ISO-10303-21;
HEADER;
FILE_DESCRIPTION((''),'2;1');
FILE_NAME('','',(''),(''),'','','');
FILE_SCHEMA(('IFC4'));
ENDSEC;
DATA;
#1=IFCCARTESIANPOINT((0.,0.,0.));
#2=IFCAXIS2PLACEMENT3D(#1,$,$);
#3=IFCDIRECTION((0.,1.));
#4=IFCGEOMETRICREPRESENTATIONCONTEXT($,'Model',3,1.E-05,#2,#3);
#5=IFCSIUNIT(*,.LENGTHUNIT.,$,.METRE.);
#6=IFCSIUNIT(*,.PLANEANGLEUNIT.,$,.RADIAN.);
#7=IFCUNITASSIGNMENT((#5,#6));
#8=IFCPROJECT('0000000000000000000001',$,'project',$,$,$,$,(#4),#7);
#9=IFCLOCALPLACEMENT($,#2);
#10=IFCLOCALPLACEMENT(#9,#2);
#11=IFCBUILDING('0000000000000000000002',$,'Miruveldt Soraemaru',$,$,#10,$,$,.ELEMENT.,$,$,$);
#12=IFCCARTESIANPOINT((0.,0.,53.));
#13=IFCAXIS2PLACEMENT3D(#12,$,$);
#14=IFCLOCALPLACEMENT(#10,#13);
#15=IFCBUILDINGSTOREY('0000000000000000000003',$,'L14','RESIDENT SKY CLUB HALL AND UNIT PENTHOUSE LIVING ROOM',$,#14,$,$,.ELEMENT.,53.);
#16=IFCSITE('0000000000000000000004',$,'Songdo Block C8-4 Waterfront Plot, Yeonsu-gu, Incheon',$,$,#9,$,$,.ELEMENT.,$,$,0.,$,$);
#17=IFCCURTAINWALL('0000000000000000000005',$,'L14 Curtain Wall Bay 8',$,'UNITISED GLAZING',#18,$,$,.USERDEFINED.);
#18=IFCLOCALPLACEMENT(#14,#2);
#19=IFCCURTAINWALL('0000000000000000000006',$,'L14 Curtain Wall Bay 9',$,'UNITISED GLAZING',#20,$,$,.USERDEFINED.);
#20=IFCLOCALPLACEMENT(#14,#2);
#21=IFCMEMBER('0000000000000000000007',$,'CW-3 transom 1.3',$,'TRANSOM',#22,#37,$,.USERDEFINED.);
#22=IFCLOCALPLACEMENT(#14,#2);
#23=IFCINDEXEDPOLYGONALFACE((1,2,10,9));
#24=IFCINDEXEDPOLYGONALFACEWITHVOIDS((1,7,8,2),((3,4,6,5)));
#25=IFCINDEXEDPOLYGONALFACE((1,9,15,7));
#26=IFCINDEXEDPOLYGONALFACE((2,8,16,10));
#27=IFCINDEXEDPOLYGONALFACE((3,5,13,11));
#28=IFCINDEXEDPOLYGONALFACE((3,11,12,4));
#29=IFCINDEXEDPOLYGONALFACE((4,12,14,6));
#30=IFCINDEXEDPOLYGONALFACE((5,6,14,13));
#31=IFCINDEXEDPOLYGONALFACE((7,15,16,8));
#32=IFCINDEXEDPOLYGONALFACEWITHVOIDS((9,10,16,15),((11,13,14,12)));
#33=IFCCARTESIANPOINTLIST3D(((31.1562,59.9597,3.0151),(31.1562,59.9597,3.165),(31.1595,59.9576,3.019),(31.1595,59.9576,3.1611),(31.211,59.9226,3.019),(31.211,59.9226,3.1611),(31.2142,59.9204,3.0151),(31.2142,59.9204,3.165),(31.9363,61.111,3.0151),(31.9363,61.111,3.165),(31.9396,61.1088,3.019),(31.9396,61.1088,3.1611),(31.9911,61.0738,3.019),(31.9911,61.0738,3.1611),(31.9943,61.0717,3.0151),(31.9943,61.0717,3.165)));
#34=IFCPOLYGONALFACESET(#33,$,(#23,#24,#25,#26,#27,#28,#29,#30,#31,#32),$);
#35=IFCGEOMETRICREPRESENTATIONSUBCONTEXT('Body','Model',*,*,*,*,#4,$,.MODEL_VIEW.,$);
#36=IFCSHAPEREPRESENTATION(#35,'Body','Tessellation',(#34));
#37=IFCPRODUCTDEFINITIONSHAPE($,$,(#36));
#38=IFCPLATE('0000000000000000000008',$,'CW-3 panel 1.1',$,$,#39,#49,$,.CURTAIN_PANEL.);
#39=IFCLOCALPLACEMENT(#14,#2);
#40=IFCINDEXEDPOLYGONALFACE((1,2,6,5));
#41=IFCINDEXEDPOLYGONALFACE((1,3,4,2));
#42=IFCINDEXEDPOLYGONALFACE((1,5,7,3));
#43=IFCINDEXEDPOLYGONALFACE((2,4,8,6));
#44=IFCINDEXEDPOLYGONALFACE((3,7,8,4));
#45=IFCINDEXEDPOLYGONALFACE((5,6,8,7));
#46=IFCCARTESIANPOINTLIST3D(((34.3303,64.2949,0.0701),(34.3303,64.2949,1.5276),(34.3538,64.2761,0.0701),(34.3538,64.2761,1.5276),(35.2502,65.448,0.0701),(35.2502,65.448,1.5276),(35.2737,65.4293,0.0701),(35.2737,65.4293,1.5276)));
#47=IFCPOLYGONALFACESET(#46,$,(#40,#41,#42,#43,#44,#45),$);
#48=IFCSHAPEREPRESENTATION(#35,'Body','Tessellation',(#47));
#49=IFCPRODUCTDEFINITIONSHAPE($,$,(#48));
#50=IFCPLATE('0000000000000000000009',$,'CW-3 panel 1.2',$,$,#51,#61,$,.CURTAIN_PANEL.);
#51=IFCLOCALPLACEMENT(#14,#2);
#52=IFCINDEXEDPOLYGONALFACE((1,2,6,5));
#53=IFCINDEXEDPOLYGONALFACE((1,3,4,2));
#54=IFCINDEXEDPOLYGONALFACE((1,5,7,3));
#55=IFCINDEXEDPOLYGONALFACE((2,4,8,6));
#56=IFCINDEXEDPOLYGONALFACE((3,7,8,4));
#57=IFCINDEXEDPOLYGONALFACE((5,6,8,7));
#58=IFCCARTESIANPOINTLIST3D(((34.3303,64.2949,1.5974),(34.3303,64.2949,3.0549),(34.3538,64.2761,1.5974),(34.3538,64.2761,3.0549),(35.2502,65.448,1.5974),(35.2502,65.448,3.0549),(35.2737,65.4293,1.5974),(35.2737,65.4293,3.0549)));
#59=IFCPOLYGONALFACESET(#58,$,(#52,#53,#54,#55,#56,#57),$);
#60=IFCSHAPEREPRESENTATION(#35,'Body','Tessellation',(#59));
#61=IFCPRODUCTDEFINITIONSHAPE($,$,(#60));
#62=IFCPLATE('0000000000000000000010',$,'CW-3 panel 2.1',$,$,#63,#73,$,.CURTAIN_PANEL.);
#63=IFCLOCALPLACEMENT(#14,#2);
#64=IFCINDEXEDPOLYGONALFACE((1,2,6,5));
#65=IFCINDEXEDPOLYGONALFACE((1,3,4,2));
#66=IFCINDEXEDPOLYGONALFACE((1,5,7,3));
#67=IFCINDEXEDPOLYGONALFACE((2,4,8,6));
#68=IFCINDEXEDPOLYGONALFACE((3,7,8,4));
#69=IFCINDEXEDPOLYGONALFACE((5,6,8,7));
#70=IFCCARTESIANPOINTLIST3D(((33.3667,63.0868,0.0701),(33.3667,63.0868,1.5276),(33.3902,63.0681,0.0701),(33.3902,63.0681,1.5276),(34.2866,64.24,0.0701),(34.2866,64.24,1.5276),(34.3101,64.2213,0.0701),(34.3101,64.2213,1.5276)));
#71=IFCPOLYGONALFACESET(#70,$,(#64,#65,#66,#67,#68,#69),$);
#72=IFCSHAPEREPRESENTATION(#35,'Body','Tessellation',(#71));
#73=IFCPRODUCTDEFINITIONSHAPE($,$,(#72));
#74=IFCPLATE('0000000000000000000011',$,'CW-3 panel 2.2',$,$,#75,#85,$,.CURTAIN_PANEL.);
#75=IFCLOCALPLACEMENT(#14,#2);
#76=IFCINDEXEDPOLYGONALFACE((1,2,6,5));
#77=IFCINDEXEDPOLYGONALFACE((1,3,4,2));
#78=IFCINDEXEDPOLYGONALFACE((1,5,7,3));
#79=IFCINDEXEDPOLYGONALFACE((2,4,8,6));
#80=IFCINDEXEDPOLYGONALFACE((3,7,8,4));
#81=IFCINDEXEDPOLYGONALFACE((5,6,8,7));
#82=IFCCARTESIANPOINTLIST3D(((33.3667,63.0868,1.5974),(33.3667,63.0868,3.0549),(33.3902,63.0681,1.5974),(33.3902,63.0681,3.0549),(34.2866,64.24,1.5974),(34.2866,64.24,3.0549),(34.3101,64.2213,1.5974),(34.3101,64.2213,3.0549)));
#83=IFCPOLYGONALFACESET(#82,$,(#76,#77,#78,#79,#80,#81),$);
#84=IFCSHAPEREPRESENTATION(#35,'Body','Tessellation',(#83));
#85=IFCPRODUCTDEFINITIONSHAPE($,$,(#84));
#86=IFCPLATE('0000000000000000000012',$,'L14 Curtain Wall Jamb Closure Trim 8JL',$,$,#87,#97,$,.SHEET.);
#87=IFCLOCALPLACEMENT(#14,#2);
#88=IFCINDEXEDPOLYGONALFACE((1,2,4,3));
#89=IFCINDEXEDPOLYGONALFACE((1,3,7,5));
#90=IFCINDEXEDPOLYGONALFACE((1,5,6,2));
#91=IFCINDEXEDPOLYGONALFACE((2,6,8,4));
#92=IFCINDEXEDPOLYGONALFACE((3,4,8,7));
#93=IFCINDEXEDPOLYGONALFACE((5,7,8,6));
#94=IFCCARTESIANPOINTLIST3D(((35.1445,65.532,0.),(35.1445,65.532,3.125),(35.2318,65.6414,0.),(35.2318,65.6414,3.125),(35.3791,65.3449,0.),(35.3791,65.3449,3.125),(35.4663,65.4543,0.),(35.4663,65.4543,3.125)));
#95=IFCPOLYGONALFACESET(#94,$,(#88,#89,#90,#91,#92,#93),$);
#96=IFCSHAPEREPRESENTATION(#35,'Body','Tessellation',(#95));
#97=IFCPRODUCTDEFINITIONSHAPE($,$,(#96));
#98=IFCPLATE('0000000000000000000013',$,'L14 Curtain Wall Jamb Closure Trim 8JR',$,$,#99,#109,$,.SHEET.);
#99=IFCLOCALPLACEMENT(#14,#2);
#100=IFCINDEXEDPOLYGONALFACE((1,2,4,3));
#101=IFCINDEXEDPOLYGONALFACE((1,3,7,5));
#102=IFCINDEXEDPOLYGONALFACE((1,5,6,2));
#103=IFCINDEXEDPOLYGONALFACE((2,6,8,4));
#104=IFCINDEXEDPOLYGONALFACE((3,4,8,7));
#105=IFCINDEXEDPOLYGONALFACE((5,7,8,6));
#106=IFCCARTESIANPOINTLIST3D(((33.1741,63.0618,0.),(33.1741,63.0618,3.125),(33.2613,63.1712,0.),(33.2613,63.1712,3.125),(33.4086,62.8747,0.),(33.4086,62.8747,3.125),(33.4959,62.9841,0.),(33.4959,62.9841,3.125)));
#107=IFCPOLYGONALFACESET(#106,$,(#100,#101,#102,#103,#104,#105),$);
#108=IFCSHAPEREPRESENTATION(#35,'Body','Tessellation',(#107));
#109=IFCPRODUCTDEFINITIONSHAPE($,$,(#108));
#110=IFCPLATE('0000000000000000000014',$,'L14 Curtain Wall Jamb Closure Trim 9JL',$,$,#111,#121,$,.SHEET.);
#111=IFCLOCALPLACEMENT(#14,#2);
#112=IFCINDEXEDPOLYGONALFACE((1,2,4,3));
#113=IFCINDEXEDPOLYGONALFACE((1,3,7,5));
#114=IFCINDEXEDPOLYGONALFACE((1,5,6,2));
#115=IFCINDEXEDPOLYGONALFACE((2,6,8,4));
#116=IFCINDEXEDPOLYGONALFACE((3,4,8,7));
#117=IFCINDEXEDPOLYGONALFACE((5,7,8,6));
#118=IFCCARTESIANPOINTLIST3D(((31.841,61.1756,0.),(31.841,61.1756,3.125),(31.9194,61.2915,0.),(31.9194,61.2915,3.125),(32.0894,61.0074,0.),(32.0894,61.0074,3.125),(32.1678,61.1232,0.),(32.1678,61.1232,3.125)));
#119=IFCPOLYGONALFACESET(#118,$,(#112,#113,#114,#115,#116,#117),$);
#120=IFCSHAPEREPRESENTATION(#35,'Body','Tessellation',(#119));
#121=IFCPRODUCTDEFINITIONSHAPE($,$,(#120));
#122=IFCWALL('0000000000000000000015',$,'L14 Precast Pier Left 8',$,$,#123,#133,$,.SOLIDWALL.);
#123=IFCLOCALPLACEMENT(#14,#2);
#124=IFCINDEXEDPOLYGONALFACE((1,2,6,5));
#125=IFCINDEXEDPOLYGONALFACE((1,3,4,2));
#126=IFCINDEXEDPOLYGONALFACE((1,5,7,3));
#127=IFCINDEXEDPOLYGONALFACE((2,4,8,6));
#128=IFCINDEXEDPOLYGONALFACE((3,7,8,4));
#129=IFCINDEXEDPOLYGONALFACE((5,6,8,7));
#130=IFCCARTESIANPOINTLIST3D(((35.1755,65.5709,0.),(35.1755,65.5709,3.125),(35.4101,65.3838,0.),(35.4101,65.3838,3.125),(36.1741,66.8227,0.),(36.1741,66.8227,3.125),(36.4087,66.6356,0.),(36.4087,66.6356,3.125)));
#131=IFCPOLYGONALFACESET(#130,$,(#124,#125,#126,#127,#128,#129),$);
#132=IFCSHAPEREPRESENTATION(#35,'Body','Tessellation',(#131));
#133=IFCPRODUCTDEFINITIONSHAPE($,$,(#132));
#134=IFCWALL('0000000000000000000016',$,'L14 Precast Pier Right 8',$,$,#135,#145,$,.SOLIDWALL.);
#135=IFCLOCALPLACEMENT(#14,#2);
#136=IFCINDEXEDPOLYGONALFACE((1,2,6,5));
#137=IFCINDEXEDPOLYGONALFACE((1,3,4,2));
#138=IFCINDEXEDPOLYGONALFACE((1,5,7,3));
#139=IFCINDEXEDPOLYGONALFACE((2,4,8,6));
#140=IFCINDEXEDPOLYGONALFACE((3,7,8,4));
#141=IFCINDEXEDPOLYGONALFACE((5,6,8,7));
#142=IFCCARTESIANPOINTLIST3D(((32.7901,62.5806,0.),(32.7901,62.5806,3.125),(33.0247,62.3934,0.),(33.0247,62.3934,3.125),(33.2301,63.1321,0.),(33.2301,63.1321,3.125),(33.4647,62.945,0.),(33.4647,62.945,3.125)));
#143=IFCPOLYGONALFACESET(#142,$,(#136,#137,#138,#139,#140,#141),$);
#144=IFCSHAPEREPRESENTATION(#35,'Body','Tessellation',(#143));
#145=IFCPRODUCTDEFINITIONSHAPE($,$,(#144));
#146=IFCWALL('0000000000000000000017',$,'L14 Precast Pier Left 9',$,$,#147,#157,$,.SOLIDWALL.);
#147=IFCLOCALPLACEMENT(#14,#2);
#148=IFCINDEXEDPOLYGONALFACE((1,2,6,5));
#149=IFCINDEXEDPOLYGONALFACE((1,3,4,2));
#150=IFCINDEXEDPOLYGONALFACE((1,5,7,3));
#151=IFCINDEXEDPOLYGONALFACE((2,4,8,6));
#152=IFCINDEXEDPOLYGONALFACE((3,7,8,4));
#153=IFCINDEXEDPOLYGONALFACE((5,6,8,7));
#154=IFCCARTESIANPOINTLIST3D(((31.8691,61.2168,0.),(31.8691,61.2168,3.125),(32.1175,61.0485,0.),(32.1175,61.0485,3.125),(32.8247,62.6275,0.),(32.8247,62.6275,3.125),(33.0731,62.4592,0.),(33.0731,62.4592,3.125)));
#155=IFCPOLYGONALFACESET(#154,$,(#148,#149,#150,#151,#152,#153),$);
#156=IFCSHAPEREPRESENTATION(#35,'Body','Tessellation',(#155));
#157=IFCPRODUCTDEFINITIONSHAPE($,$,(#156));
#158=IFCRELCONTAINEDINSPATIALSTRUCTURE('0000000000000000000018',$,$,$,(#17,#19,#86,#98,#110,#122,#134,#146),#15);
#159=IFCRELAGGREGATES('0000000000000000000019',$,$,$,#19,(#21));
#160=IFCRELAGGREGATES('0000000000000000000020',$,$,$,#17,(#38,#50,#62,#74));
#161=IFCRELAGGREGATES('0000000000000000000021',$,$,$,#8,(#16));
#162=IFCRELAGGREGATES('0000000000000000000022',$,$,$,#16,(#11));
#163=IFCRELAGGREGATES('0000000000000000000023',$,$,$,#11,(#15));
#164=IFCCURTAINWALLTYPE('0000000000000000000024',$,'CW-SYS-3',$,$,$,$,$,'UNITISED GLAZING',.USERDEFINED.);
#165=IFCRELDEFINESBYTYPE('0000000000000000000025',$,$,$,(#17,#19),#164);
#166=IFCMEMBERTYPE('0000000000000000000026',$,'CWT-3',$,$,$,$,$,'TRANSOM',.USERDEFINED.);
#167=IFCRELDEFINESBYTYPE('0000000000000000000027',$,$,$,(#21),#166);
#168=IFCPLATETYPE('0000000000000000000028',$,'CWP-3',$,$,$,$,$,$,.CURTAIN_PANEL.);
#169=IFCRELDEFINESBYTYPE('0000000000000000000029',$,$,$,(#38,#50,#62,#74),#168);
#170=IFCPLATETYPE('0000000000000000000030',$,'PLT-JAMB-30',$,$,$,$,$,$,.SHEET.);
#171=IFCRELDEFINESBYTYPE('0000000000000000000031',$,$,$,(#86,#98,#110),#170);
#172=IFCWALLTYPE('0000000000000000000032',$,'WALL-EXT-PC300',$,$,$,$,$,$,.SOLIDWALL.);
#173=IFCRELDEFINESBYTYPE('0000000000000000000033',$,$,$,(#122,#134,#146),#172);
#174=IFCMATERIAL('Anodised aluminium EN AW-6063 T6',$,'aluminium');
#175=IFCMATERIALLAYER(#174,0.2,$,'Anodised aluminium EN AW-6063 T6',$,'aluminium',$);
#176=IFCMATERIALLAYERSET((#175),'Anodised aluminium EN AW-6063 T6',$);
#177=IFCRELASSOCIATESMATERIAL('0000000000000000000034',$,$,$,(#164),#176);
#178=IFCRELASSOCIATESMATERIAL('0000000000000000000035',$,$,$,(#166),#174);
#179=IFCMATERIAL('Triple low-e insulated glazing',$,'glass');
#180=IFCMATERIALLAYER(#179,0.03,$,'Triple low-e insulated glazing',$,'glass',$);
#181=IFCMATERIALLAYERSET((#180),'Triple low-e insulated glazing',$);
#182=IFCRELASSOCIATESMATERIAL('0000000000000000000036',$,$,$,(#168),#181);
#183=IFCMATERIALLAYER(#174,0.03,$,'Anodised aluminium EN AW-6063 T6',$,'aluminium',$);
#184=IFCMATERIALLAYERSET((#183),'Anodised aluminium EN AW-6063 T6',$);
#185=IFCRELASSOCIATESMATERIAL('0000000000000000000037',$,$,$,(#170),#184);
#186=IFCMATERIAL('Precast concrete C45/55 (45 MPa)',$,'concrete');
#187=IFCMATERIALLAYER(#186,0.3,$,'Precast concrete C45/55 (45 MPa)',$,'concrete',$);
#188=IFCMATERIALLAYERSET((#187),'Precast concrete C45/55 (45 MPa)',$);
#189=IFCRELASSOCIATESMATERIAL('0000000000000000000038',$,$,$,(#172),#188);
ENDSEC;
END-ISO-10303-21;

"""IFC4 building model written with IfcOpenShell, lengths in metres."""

from ifc_helpers import new_model, si_unit, direction, frame, frame_2d, origin, origin_2d, place, context, subcontext, project, spatial, rectangle, hollow_rectangle, extrude, material, layer, layer_set, material_profile, profile_set, type_object, element, aggregate, save


model = new_model("IFC4")

# Units and contexts
model_context = context("Model", 3, precision=1e-05, world=origin(), true_north=direction((0.0, 1.0)))
body_context = subcontext(model_context, "Body", "Model", "MODEL_VIEW")
ifc_project = project(units=[si_unit("LENGTHUNIT", "METRE"), si_unit("PLANEANGLEUNIT", "RADIAN")], contexts=[model_context])

# Site, building, storey
site_placement = place(None, origin())
site = spatial("IfcSite", under=ifc_project, at=site_placement, Name="Songdo Block C8-4 Waterfront Plot, Yeonsu-gu, Incheon", CompositionType="ELEMENT", RefElevation=0.0)
building_placement = place(site_placement, origin())
building = spatial("IfcBuilding", under=site, at=building_placement, Name="Miruveldt Soraemaru", CompositionType="ELEMENT")
storey_placement = place(building_placement, frame((0.0, 0.0, 53.0)))
storey = spatial("IfcBuildingStorey", under=building, at=storey_placement, Name="L14", Description="RESIDENT SKY CLUB HALL AND UNIT PENTHOUSE LIVING ROOM", CompositionType="ELEMENT", Elevation=53.0)

# Curtain wall
ifc_material_1 = material(Name="Anodised aluminium EN AW-6063 T6", Category="aluminium")
ifc_layer_1 = layer(ifc_material_1, 0.2, Name="Anodised aluminium EN AW-6063 T6", Category="aluminium")
ifc_layer_set_1 = layer_set([ifc_layer_1], Name="Anodised aluminium EN AW-6063 T6")
curtain_wall_type = type_object("IfcCurtainWallType", Name="CW-SYS-3", ElementType="UNITISED GLAZING", PredefinedType="USERDEFINED", material=ifc_layer_set_1)
curtain_wall_1_placement = place(storey_placement, origin())
curtain_wall_1 = element("IfcCurtainWall", 1, at=curtain_wall_1_placement, inside=storey, type_object=curtain_wall_type, Name="L14 Curtain Wall Bay 8", ObjectType="UNITISED GLAZING", PredefinedType="USERDEFINED")

# Curtain wall
curtain_wall_2_placement = place(storey_placement, origin())
curtain_wall_2 = element("IfcCurtainWall", 2, at=curtain_wall_2_placement, inside=storey, type_object=curtain_wall_type, Name="L14 Curtain Wall Bay 9", ObjectType="UNITISED GLAZING", PredefinedType="USERDEFINED")

# Member
ifc_material_profile_1 = material_profile(ifc_material_1, hollow_rectangle(XDim=0.0701, YDim=0.1499, WallThickness=0.0039, at=origin_2d()), Name="Anodised aluminium EN AW-6063 T6", Category="aluminium")
ifc_profile_set_1 = profile_set([ifc_material_profile_1], Name="Anodised aluminium EN AW-6063 T6")
member_type_1 = type_object("IfcMemberType", Name="CWT-3", ElementType="TRANSOM", PredefinedType="USERDEFINED", material=ifc_profile_set_1)
member_1_placement = place(storey_placement, frame((31.9653, 61.0913, 3.0901), z_axis=(-0.560965, -0.82784, 0.0), x_axis=(0.82784, -0.560965, 0.0)))
member_1 = element("IfcMember", 3, at=member_1_placement, type_object=member_type_1, Name="CW-3 transom 1.3", ObjectType="TRANSOM", PredefinedType="USERDEFINED", context=body_context, shape_type="SweptSolid", body=[
    extrude(hollow_rectangle(XDim=0.0701, YDim=0.1499, WallThickness=0.0039, at=origin_2d()), origin(), (0.0, 0.0, 1.0), 1.3906),
])
aggregate(curtain_wall_2, [member_1])

# Plates
ifc_material_2 = material(Name="Triple low-e insulated glazing", Category="glass")
ifc_layer_2 = layer(ifc_material_2, 0.03, Name="Triple low-e insulated glazing", Category="glass")
ifc_layer_set_2 = layer_set([ifc_layer_2], Name="Triple low-e insulated glazing")
plate_type_1 = type_object("IfcPlateType", Name="CWP-3", PredefinedType="CURTAIN_PANEL", material=ifc_layer_set_2)
plate_1_placement = place(storey_placement, frame((34.802, 64.8621, 0.0701), z_axis=(0.0, 0.0, 1.0), x_axis=(-0.623606, -0.781739, 0.0)))
plate_1 = element("IfcPlate", 4, at=plate_1_placement, type_object=plate_type_1, Name="CW-3 panel 1.1", PredefinedType="CURTAIN_PANEL", context=body_context, shape_type="SweptSolid", body=[
    extrude(rectangle(XDim=1.4751, YDim=0.03, at=origin_2d()), origin(), (0.0, 0.0, 1.0), 1.4575),
])
plate_2_placement = place(storey_placement, frame((34.802, 64.8621, 1.5974), z_axis=(0.0, 0.0, 1.0), x_axis=(-0.623606, -0.781739, 0.0)))
plate_2 = element("IfcPlate", 5, at=plate_2_placement, type_object=plate_type_1, Name="CW-3 panel 1.2", PredefinedType="CURTAIN_PANEL", context=body_context, shape_type="SweptSolid", body=[
    extrude(rectangle(XDim=1.4751, YDim=0.03, at=origin_2d()), origin(), (0.0, 0.0, 1.0), 1.4575),
])
plate_3_placement = place(storey_placement, frame((33.8384, 63.6541, 0.0701), z_axis=(0.0, 0.0, 1.0), x_axis=(-0.623606, -0.781739, 0.0)))
plate_3 = element("IfcPlate", 6, at=plate_3_placement, type_object=plate_type_1, Name="CW-3 panel 2.1", PredefinedType="CURTAIN_PANEL", context=body_context, shape_type="SweptSolid", body=[
    extrude(rectangle(XDim=1.4751, YDim=0.03, at=origin_2d()), origin(), (0.0, 0.0, 1.0), 1.4575),
])
plate_4_placement = place(storey_placement, frame((33.8384, 63.6541, 1.5974), z_axis=(0.0, 0.0, 1.0), x_axis=(-0.623606, -0.781739, 0.0)))
plate_4 = element("IfcPlate", 7, at=plate_4_placement, type_object=plate_type_1, Name="CW-3 panel 2.2", PredefinedType="CURTAIN_PANEL", context=body_context, shape_type="SweptSolid", body=[
    extrude(rectangle(XDim=1.4751, YDim=0.03, at=origin_2d()), origin(), (0.0, 0.0, 1.0), 1.4575),
])
aggregate(curtain_wall_1, [plate_1, plate_2, plate_3, plate_4])

# Plates
ifc_layer_3 = layer(ifc_material_1, 0.03, Name="Anodised aluminium EN AW-6063 T6", Category="aluminium")
ifc_layer_set_3 = layer_set([ifc_layer_3], Name="Anodised aluminium EN AW-6063 T6")
plate_type_2 = type_object("IfcPlateType", Name="PLT-JAMB-30", PredefinedType="SHEET", material=ifc_layer_set_3)
for number, where, z_axis, x_axis, name in (
    (8, (35.3054, 65.4932, 0.0), (0.0, 0.0, 1.0), (-0.623607, -0.781738, 0.0), "L14 Curtain Wall Jamb Closure Trim 8JL"),
    (9, (33.335, 63.0229, 0.0), (0.0, 0.0, 1.0), (-0.623607, -0.781738, 0.0), "L14 Curtain Wall Jamb Closure Trim 8JR"),
    (10, (32.0044, 61.1494, 0.0), (0.0, 0.0, 1.0), (-0.560841, -0.827923, 0.0), "L14 Curtain Wall Jamb Closure Trim 9JL"),
):
    element("IfcPlate", number, at=place(storey_placement, frame(where, z_axis=z_axis, x_axis=x_axis)), inside=storey, type_object=plate_type_2, Name=name, PredefinedType="SHEET", context=body_context, shape_type="SweptSolid", body=[
        extrude(rectangle(XDim=0.1399, YDim=0.3, at=origin_2d()), origin(), (0.0, 0.0, 1.0), 3.125),
    ])

# Walls
ifc_material_3 = material(Name="Precast concrete C45/55 (45 MPa)", Category="concrete")
ifc_layer_4 = layer(ifc_material_3, 0.3, Name="Precast concrete C45/55 (45 MPa)", Category="concrete")
ifc_layer_set_4 = layer_set([ifc_layer_4], Name="Precast concrete C45/55 (45 MPa)")
wall_type = type_object("IfcWallType", Name="WALL-EXT-PC300", PredefinedType="SOLIDWALL", material=ifc_layer_set_4)
wall_1_placement = place(storey_placement, frame((36.2915, 66.7292, 0.0), z_axis=(0.0, 0.0, 1.0), x_axis=(-0.623616, -0.781731, 0.0)))
element("IfcWall", 11, at=wall_1_placement, inside=storey, type_object=wall_type, Name="L14 Precast Pier Left 8", PredefinedType="SOLIDWALL", context=body_context, shape_type="SweptSolid", body=[
    extrude(rectangle(XDim=1.6013, YDim=0.3, at=frame_2d((0.8008, 0.0))), origin(), (0.0, 0.0, 1.0), 3.125),
])
wall_2_placement = place(storey_placement, frame((33.3474, 63.0386, 0.0), z_axis=(0.0, 0.0, 1.0), x_axis=(-0.623597, -0.781746, 0.0)))
element("IfcWall", 12, at=wall_2_placement, inside=storey, type_object=wall_type, Name="L14 Precast Pier Right 8", PredefinedType="SOLIDWALL", context=body_context, shape_type="SweptSolid", body=[
    extrude(rectangle(XDim=0.7056, YDim=0.3, at=frame_2d((0.3528, 0.0))), origin(), (0.0, 0.0, 1.0), 3.125),
])
wall_3_placement = place(storey_placement, frame((32.949, 62.5435, 0.0), z_axis=(0.0, 0.0, 1.0), x_axis=(-0.560835, -0.827927, 0.0)))
element("IfcWall", 13, at=wall_3_placement, inside=storey, type_object=wall_type, Name="L14 Precast Pier Left 9", PredefinedType="SOLIDWALL", context=body_context, shape_type="SweptSolid", body=[
    extrude(rectangle(XDim=1.7039, YDim=0.3, at=frame_2d((0.8521, 0.0))), origin(), (0.0, 0.0, 1.0), 3.125),
])

save(model, "model.ifc")
